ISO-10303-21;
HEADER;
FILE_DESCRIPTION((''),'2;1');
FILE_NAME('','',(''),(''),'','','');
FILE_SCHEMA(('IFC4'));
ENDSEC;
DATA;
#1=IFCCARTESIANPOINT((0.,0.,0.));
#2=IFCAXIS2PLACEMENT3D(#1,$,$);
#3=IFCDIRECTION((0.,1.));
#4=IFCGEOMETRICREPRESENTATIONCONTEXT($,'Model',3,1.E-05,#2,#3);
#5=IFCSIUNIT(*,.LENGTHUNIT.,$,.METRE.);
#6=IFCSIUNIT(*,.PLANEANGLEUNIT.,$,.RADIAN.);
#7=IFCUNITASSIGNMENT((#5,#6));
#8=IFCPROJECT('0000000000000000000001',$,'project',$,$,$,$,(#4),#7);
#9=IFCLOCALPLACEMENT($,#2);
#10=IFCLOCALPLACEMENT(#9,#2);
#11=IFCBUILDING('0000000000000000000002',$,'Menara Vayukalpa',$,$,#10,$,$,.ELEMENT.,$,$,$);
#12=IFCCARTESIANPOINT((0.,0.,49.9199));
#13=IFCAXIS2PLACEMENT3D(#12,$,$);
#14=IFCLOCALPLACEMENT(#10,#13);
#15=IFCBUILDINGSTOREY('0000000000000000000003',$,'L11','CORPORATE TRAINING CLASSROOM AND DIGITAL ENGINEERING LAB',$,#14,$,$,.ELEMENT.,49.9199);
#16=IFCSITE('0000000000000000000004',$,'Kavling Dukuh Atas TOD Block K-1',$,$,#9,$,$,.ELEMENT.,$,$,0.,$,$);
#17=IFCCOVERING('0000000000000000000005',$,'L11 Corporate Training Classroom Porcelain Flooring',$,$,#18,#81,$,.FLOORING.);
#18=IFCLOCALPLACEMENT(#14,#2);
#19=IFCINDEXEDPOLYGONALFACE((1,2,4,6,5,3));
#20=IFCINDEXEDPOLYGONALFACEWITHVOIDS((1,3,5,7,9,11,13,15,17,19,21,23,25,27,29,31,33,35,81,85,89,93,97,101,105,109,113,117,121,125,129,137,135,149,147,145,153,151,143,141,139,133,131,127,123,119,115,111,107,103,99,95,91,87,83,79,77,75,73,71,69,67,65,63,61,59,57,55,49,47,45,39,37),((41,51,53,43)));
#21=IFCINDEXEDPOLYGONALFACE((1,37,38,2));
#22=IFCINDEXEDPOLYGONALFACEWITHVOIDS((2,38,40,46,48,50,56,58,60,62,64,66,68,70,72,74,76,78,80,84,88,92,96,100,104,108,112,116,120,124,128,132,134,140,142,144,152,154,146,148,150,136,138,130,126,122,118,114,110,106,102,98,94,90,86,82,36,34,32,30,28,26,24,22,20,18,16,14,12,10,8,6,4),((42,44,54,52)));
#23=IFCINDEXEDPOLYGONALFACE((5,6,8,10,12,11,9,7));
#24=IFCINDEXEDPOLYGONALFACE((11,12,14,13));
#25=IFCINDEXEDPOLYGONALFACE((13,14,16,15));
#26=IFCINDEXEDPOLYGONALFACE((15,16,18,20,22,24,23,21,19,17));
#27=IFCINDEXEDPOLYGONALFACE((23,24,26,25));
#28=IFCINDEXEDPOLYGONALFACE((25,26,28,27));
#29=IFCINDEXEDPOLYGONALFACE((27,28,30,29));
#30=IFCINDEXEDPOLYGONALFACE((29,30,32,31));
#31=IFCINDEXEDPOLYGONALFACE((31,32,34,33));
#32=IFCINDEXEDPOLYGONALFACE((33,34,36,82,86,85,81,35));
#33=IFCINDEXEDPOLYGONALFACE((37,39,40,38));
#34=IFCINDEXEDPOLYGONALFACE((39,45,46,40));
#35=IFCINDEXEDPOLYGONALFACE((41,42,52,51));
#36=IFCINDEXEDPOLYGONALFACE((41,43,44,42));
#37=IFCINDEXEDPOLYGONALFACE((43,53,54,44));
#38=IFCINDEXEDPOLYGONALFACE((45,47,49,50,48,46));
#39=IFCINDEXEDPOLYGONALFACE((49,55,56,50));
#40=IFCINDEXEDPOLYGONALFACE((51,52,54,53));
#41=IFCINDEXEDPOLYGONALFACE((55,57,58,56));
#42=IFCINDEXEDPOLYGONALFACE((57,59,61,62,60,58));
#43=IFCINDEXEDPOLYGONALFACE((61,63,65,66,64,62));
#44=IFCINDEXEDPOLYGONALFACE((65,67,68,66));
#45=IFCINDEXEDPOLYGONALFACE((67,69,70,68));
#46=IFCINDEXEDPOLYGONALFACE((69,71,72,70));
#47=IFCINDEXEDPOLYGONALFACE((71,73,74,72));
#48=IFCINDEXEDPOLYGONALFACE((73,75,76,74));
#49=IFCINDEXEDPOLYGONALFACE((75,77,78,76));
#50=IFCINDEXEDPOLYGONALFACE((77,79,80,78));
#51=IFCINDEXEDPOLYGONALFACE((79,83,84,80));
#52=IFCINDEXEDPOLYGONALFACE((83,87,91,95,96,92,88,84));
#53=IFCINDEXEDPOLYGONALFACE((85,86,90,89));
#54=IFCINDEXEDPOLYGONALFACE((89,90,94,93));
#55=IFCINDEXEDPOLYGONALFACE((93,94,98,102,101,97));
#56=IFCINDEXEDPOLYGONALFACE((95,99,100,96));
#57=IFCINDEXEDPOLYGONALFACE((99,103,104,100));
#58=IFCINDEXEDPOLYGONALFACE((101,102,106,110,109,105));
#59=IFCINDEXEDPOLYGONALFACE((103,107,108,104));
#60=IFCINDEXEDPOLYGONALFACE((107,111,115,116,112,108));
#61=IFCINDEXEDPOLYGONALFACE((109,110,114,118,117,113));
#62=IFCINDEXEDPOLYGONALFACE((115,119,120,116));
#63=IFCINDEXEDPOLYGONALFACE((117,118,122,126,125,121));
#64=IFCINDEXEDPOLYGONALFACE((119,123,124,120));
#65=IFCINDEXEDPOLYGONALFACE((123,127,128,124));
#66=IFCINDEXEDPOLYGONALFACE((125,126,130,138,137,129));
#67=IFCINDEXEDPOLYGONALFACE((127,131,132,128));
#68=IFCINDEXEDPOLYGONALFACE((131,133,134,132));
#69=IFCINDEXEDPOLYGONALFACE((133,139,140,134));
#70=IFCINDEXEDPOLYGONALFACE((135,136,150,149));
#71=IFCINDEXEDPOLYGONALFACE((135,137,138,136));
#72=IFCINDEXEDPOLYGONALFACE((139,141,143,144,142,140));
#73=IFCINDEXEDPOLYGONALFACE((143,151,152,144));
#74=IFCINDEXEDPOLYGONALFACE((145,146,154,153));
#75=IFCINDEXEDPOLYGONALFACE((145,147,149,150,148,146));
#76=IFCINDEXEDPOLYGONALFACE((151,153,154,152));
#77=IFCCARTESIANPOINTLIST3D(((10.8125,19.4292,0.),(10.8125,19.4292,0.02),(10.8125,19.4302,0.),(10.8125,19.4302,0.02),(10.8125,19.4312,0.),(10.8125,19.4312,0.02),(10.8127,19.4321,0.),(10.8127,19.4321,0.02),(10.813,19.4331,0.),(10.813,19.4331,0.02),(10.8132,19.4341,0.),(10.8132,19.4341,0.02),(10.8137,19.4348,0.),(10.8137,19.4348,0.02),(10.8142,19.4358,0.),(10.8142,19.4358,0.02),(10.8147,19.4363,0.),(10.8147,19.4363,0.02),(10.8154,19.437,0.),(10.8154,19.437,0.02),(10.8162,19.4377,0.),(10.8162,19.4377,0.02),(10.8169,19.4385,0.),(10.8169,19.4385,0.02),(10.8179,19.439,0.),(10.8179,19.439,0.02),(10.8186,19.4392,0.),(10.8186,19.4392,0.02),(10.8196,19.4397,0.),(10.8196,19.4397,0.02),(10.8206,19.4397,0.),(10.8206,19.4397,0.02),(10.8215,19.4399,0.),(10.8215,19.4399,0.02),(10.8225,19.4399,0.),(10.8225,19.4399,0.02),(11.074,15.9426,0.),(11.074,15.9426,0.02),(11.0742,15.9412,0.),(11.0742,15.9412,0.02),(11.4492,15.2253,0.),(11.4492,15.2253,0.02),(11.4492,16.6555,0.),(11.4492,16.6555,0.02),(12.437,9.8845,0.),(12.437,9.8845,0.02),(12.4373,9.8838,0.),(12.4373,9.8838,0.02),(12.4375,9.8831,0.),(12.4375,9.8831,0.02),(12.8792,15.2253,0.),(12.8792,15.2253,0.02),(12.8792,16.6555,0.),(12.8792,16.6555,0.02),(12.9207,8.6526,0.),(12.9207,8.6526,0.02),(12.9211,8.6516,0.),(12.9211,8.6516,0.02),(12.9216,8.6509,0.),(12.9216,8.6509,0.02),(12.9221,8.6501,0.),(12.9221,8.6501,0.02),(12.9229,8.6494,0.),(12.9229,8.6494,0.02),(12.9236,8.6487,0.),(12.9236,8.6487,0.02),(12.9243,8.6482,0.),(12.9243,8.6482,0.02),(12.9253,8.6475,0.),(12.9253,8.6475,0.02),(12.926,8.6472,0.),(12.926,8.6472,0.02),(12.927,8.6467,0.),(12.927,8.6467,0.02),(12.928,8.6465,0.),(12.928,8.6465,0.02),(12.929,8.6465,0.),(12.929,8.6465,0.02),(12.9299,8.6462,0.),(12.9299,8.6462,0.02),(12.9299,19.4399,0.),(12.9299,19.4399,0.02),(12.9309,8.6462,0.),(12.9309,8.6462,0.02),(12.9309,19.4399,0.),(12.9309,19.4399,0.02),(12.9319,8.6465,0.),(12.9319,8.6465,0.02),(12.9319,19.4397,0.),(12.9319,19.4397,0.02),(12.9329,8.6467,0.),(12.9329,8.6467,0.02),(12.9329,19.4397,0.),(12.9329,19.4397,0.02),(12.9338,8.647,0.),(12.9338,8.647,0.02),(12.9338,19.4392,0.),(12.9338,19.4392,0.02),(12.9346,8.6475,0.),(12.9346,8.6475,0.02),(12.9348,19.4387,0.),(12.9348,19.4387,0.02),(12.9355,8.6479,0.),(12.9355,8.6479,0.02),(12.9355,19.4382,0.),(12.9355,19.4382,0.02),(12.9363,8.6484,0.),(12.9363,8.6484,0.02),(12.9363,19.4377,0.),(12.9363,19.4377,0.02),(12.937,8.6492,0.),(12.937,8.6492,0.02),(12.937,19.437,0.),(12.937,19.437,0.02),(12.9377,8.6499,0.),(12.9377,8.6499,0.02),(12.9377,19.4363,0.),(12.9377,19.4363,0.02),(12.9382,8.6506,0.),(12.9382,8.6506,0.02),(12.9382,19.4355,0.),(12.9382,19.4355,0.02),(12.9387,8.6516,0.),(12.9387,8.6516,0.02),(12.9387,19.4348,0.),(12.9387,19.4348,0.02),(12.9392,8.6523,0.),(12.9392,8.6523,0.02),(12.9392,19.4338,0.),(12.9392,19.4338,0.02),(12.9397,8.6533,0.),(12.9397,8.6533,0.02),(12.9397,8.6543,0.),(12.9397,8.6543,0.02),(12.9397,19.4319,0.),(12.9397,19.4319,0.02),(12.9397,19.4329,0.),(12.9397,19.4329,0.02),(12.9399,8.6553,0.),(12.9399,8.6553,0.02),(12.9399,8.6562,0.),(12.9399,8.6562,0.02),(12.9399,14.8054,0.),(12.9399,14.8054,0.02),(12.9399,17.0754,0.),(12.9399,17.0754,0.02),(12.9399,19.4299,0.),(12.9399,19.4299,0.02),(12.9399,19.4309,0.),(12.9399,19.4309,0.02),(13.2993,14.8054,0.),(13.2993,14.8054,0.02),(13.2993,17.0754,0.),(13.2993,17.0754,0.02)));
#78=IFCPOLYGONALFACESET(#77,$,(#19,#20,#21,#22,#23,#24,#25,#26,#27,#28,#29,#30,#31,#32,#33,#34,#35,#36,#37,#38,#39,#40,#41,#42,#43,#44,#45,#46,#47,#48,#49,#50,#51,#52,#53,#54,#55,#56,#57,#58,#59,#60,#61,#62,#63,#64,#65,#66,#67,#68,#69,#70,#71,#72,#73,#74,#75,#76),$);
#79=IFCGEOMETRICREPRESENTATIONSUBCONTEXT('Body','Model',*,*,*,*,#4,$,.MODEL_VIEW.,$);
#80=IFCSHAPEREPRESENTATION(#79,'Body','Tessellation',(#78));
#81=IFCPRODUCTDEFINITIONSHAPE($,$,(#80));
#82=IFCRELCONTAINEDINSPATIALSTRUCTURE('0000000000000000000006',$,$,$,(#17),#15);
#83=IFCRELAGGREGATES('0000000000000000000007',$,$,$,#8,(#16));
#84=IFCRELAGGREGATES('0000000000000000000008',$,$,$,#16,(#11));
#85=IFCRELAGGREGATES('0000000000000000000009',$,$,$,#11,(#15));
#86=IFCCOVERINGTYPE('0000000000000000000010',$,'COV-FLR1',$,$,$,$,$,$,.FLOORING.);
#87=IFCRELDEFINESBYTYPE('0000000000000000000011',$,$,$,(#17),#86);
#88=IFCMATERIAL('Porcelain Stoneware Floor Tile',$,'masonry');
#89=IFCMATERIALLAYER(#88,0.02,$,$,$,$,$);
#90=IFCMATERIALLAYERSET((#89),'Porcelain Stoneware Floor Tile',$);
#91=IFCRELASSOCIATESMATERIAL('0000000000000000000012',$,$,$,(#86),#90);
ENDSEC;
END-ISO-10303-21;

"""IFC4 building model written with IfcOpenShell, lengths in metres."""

from ifc_helpers import new_model, si_unit, direction, frame, origin, place, context, subcontext, project, spatial, polyline, outline, extrude, material, layer, layer_set, type_object, element, save


model = new_model("IFC4")

# Units and contexts
model_context = context("Model", 3, precision=1e-05, world=origin(), true_north=direction((0.0, 1.0)))
body_context = subcontext(model_context, "Body", "Model", "MODEL_VIEW")
ifc_project = project(units=[si_unit("LENGTHUNIT", "METRE"), si_unit("PLANEANGLEUNIT", "RADIAN")], contexts=[model_context])

# Site, building, storey
site_placement = place(None, origin())
site = spatial("IfcSite", under=ifc_project, at=site_placement, Name="Kavling Dukuh Atas TOD Block K-1", CompositionType="ELEMENT", RefElevation=0.0)
building_placement = place(site_placement, origin())
building = spatial("IfcBuilding", under=site, at=building_placement, Name="Menara Vayukalpa", CompositionType="ELEMENT")
storey_placement = place(building_placement, frame((0.0, 0.0, 49.9199)))
storey = spatial("IfcBuildingStorey", under=building, at=storey_placement, Name="L11", Description="CORPORATE TRAINING CLASSROOM AND DIGITAL ENGINEERING LAB", CompositionType="ELEMENT", Elevation=49.9199)

# Covering
ifc_material_1 = material(Name="Porcelain Stoneware Floor Tile", Category="masonry")
ifc_layer_1 = layer(ifc_material_1, 0.02)
ifc_layer_set_1 = layer_set([ifc_layer_1], Name="Porcelain Stoneware Floor Tile")
covering_type_1 = type_object("IfcCoveringType", Name="COV-FLR1", PredefinedType="FLOORING", material=ifc_layer_set_1)
covering_1_placement = place(storey_placement, origin())
element("IfcCovering", 1, at=covering_1_placement, inside=storey, type_object=covering_type_1, Name="L11 Corporate Training Classroom Porcelain Flooring", PredefinedType="FLOORING", context=body_context, shape_type="SweptSolid", body=[
    extrude(outline(polyline([(12.437, 9.8845), (11.0742, 15.9412), (11.074, 15.9426), (10.8125, 19.4292), (10.8125, 19.4302), (10.8125, 19.4312), (10.8127, 19.4321), (10.813, 19.4331), (10.8132, 19.4341), (10.8137, 19.4348), (10.8142, 19.4358), (10.8147, 19.4363), (10.8154, 19.437), (10.8162, 19.4377), (10.8169, 19.4385), (10.8179, 19.439), (10.8186, 19.4392), (10.8196, 19.4397), (10.8206, 19.4397), (10.8215, 19.4399), (10.8225, 19.4399), (12.9299, 19.4399), (12.9309, 19.4399), (12.9319, 19.4397), (12.9329, 19.4397), (12.9338, 19.4392), (12.9348, 19.4387), (12.9355, 19.4382), (12.9363, 19.4377), (12.937, 19.437), (12.9377, 19.4363), (12.9382, 19.4355), (12.9387, 19.4348), (12.9392, 19.4338), (12.9397, 19.4329), (12.9397, 19.4319), (12.9399, 19.4309), (12.9399, 19.4299), (12.9399, 17.0754), (13.2993, 17.0754), (13.2993, 14.8054), (12.9399, 14.8054), (12.9399, 8.6562), (12.9399, 8.6553), (12.9397, 8.6543), (12.9397, 8.6533), (12.9392, 8.6523), (12.9387, 8.6516), (12.9382, 8.6506), (12.9377, 8.6499), (12.937, 8.6492), (12.9363, 8.6484), (12.9355, 8.6479), (12.9346, 8.6475), (12.9338, 8.647), (12.9329, 8.6467), (12.9319, 8.6465), (12.9309, 8.6462), (12.9299, 8.6462), (12.929, 8.6465), (12.928, 8.6465), (12.927, 8.6467), (12.926, 8.6472), (12.9253, 8.6475), (12.9243, 8.6482), (12.9236, 8.6487), (12.9229, 8.6494), (12.9221, 8.6501), (12.9216, 8.6509), (12.9211, 8.6516), (12.9207, 8.6526), (12.4375, 9.8831), (12.4373, 9.8838), (12.437, 9.8845)]), holes=[polyline([(12.8792, 16.6555), (11.4492, 16.6555), (11.4492, 15.2253), (12.8792, 15.2253), (12.8792, 16.6555)])]), origin(), (0.0, 0.0, 1.0), 0.02),
])

save(model, "model.ifc")
